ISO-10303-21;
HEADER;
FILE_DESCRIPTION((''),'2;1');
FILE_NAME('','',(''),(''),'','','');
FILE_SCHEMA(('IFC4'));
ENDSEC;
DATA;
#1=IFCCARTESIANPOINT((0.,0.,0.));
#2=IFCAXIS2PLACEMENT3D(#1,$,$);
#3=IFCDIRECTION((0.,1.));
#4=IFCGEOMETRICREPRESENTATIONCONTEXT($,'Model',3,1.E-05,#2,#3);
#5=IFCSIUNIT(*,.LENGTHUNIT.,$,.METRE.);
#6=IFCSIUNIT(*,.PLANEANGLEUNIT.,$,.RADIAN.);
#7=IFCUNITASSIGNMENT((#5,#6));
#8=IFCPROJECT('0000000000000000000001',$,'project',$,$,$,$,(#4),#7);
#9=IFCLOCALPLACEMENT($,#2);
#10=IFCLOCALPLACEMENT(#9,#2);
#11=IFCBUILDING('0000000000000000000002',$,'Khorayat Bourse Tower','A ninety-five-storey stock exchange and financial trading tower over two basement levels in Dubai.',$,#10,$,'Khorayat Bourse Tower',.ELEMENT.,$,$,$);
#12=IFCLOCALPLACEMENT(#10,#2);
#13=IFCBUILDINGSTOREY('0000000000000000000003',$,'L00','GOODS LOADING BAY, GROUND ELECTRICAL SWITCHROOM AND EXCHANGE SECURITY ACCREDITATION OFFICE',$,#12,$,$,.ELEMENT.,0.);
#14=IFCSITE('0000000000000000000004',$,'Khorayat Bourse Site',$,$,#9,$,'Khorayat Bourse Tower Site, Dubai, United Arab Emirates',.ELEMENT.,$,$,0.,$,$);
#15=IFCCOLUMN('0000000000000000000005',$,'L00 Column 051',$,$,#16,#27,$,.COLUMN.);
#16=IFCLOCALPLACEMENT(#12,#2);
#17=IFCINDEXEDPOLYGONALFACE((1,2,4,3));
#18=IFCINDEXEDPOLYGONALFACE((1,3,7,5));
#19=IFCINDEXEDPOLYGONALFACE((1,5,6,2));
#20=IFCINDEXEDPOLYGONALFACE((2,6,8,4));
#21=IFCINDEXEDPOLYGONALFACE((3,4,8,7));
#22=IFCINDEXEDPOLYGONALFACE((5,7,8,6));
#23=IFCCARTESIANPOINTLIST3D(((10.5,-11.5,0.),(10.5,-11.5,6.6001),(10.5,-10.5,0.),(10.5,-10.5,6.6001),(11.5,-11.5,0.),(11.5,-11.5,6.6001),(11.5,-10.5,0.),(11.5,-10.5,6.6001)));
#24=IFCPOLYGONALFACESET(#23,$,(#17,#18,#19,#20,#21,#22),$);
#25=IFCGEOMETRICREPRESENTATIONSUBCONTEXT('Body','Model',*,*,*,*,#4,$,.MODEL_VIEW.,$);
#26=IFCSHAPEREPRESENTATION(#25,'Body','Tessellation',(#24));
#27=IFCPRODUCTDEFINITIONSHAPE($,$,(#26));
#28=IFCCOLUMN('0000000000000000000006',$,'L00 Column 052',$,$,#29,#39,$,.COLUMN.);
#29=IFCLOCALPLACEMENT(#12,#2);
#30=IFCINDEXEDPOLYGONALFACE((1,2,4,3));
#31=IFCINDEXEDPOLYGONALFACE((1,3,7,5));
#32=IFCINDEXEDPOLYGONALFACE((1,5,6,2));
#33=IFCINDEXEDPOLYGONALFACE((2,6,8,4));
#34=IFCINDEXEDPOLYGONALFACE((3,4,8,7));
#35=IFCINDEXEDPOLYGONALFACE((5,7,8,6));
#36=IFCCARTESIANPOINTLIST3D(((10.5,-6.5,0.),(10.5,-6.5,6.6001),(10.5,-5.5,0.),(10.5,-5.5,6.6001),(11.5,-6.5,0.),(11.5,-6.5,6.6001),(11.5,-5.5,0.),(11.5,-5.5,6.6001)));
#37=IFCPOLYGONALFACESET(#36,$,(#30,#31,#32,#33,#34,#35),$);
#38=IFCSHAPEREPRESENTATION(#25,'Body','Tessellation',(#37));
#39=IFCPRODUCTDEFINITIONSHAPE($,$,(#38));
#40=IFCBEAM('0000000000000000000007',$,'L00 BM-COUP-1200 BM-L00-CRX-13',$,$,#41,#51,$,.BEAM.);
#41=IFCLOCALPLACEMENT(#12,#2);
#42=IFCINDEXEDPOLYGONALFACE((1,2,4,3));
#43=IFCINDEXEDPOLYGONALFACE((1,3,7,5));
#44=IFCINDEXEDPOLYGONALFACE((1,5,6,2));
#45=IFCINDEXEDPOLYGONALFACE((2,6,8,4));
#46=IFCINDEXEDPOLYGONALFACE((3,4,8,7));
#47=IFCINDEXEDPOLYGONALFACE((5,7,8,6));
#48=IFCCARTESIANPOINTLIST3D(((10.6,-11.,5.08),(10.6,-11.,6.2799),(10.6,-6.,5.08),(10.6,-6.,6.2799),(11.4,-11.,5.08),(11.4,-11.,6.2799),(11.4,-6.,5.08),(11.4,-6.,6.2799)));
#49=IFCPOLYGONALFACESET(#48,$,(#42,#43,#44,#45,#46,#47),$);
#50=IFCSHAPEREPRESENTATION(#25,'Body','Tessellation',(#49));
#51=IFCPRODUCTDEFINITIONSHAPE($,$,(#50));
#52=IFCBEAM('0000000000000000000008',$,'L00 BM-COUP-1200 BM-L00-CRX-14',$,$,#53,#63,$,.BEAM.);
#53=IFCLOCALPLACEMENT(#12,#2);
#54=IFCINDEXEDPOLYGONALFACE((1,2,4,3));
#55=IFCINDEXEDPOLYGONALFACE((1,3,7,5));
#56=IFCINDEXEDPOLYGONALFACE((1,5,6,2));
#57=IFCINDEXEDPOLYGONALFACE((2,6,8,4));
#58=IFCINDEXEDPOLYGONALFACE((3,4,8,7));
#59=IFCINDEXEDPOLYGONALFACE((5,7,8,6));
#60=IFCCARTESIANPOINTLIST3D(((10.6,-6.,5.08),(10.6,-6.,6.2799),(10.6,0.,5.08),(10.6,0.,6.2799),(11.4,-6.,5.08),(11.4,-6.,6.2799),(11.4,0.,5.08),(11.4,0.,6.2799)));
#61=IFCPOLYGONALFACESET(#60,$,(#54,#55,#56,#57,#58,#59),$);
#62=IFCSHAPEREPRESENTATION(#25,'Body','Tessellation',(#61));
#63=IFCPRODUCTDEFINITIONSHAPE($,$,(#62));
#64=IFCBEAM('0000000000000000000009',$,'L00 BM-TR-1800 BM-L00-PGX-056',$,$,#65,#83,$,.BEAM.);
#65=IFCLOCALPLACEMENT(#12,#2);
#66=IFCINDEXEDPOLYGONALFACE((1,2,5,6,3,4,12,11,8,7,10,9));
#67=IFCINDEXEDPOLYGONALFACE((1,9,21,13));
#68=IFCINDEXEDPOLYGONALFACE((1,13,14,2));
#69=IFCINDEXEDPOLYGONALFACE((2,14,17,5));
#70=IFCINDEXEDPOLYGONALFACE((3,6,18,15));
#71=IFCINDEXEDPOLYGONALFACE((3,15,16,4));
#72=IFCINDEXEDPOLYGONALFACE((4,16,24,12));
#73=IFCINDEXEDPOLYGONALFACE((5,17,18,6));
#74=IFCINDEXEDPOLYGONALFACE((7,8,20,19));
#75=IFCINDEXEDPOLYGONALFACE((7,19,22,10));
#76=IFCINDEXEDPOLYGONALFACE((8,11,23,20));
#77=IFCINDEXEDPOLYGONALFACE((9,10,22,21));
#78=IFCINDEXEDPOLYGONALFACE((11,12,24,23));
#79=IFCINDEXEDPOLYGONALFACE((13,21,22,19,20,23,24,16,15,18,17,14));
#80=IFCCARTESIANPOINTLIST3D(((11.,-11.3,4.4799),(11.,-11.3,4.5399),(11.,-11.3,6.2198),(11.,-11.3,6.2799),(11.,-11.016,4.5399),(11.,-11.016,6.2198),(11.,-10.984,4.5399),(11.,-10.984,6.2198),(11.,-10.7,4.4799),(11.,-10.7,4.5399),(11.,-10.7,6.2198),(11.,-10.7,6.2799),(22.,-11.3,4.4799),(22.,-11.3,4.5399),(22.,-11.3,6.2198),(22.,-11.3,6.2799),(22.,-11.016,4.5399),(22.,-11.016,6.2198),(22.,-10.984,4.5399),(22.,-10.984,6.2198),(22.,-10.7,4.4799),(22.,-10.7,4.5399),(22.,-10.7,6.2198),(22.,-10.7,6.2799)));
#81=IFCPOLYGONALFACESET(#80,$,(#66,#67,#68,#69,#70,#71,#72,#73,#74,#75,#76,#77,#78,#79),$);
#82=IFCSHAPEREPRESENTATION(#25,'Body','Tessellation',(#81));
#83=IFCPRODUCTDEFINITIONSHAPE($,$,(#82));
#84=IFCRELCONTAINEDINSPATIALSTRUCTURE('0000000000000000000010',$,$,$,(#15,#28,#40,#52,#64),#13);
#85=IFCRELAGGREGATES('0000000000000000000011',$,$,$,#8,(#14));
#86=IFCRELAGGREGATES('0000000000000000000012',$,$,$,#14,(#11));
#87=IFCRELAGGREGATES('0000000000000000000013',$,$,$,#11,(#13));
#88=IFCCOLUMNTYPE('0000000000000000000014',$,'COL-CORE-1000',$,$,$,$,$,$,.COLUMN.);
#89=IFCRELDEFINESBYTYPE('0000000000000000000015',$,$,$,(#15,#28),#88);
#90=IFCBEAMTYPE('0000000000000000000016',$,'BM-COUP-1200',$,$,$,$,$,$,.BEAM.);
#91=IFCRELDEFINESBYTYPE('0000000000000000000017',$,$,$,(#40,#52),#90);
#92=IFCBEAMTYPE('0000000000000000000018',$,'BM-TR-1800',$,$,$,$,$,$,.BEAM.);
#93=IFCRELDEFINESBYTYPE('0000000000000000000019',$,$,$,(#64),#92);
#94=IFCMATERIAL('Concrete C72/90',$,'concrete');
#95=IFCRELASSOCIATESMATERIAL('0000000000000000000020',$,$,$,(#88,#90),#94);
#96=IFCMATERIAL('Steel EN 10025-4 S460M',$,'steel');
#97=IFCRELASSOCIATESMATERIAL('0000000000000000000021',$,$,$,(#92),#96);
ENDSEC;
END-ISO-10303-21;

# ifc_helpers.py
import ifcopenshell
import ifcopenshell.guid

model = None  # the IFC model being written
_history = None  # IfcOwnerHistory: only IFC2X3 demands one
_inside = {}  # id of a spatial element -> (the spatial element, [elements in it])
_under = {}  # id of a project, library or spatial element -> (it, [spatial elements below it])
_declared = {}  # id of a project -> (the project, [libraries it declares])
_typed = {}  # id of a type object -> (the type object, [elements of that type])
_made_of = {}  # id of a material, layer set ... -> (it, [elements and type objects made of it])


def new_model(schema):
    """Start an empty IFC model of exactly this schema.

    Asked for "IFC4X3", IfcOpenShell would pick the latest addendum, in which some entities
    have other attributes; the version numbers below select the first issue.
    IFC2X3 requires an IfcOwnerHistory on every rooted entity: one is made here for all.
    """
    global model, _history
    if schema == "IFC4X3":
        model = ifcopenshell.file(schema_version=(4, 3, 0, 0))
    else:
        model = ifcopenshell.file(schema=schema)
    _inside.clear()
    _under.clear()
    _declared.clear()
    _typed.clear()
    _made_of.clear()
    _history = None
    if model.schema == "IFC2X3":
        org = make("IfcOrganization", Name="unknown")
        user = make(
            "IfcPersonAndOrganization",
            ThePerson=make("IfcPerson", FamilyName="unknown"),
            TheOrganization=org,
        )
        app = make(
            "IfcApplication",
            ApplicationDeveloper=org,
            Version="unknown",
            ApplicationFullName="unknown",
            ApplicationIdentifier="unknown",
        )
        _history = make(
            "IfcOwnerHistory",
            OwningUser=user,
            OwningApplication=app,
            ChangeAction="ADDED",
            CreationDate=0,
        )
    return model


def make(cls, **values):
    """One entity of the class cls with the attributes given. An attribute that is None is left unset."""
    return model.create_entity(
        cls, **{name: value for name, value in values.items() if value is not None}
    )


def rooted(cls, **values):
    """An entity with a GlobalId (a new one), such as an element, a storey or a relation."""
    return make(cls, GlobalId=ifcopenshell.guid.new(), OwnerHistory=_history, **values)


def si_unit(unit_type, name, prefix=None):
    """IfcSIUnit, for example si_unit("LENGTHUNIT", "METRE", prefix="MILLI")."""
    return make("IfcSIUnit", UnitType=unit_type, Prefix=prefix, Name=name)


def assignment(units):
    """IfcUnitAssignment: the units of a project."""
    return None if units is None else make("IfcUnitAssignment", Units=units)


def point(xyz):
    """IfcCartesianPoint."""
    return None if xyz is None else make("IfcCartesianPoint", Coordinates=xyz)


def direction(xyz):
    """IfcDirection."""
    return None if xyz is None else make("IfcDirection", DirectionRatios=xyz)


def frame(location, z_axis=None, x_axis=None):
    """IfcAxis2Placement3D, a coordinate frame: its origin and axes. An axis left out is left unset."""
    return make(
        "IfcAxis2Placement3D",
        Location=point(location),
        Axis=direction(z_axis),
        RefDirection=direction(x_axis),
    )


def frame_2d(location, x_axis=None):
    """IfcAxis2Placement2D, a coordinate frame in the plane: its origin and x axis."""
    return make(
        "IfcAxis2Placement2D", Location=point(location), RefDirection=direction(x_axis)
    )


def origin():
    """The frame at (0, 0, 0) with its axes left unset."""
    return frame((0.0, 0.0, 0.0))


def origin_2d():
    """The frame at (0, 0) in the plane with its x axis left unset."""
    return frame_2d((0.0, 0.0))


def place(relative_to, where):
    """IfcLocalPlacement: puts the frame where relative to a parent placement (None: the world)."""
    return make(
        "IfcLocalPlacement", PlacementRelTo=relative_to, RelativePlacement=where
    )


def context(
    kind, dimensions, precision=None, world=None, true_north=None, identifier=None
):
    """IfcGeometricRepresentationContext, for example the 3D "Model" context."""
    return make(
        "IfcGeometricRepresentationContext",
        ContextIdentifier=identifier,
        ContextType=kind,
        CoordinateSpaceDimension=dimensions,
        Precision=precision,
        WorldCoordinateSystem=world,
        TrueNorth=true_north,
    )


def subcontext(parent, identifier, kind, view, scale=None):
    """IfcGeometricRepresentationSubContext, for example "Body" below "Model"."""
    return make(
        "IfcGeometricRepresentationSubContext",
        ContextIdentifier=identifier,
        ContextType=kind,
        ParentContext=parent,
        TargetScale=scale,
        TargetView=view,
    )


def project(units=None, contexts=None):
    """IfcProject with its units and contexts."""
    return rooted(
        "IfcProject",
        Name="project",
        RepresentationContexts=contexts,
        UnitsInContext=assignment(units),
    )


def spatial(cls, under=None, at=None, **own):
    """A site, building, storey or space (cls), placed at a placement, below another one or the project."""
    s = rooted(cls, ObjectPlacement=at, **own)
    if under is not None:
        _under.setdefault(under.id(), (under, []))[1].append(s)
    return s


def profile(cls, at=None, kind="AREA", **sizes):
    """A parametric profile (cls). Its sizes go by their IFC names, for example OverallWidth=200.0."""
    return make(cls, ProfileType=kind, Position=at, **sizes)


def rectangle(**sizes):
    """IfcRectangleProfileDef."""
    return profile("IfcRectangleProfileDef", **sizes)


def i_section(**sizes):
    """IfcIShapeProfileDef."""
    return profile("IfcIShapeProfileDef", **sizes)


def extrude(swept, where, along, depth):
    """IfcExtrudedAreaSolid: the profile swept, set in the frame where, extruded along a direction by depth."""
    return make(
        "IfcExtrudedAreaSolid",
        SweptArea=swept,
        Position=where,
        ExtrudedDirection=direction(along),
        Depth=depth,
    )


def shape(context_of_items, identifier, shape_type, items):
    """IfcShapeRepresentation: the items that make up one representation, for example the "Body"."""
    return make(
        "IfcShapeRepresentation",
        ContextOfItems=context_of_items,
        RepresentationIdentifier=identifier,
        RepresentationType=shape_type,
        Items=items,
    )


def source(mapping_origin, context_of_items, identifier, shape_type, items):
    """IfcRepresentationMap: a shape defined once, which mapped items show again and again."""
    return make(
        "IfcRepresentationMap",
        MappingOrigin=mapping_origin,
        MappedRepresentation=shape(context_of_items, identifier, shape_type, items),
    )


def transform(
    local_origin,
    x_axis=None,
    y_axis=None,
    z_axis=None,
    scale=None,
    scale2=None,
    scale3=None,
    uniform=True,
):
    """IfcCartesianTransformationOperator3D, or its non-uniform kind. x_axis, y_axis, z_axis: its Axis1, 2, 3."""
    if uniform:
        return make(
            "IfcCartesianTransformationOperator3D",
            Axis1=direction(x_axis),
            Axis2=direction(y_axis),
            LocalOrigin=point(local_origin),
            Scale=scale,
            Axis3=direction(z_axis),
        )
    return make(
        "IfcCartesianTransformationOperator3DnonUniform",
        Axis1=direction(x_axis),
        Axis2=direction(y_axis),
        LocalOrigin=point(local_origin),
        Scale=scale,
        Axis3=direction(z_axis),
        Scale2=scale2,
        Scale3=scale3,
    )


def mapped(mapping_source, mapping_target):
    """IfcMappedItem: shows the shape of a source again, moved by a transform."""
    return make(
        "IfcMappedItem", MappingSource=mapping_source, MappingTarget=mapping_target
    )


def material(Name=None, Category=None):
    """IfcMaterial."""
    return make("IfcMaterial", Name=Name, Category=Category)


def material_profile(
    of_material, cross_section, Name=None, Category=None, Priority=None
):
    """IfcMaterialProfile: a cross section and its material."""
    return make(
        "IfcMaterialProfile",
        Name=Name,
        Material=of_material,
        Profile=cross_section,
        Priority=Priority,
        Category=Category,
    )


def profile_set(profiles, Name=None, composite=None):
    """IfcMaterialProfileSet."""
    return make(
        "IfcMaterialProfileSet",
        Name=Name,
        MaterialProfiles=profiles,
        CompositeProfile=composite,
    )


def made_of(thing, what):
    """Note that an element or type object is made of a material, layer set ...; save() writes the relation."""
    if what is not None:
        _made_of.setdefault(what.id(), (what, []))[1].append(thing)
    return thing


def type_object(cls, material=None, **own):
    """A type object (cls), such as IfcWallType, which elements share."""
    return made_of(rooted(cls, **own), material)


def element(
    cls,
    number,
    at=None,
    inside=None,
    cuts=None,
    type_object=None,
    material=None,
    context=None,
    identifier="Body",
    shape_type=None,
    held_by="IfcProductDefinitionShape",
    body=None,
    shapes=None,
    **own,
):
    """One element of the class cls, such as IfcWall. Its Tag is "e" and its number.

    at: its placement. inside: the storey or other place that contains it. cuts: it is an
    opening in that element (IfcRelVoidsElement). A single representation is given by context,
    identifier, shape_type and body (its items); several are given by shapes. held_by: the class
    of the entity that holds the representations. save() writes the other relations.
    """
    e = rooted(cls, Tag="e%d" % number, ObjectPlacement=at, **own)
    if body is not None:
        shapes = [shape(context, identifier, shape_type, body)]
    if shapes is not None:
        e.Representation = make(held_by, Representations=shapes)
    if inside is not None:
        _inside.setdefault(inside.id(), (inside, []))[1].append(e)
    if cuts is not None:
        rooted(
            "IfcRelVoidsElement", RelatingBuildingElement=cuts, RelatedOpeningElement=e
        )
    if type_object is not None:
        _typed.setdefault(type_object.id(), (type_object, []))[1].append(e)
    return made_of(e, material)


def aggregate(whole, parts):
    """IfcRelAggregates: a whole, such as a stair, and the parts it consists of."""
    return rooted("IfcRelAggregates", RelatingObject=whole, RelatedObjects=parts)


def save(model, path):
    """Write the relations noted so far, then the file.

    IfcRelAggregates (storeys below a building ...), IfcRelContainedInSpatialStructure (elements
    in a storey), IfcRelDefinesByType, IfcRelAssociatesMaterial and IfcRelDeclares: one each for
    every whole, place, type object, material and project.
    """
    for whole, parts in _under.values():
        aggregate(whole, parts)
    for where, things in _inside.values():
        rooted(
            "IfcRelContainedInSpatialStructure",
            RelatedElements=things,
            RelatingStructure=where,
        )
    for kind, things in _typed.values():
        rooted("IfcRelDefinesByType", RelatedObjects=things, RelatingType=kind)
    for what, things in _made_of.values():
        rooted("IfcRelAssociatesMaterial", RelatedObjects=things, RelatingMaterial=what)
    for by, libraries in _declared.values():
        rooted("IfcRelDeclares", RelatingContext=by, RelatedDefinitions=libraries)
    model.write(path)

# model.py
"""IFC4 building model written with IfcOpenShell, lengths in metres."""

from ifc_helpers import new_model, si_unit, direction, frame, origin, origin_2d, place, context, subcontext, project, spatial, rectangle, i_section, extrude, source, transform, mapped, material, material_profile, profile_set, type_object, element, save


model = new_model("IFC4")

# Units and contexts
model_context = context("Model", 3, precision=1e-05, world=origin(), true_north=direction((0.0, 1.0)))
body_context = subcontext(model_context, "Body", "Model", "MODEL_VIEW")
ifc_project = project(units=[si_unit("LENGTHUNIT", "METRE"), si_unit("PLANEANGLEUNIT", "RADIAN")], contexts=[model_context])

# Site, building, storey
site_placement = place(None, origin())
site = spatial("IfcSite", under=ifc_project, at=site_placement, Name="Khorayat Bourse Site", LongName="Khorayat Bourse Tower Site, Dubai, United Arab Emirates", CompositionType="ELEMENT", RefElevation=0.0)
building_placement = place(site_placement, origin())
building = spatial("IfcBuilding", under=site, at=building_placement, Name="Khorayat Bourse Tower", Description="A ninety-five-storey stock exchange and financial trading tower over two basement levels in Dubai.", LongName="Khorayat Bourse Tower", CompositionType="ELEMENT")
storey_placement = place(building_placement, origin())
storey = spatial("IfcBuildingStorey", under=building, at=storey_placement, Name="L00", Description="GOODS LOADING BAY, GROUND ELECTRICAL SWITCHROOM AND EXCHANGE SECURITY ACCREDITATION OFFICE", CompositionType="ELEMENT", Elevation=0.0)

# Columns
ifc_material_1 = material(Name="Concrete C72/90", Category="concrete")
ifc_material_profile_1 = material_profile(ifc_material_1, rectangle(XDim=1.0, YDim=1.0, at=origin_2d()), Name="RC 1000x1000")
ifc_profile_set_1 = profile_set([ifc_material_profile_1], Name="Concrete C72/90")
column_type = type_object("IfcColumnType", Name="COL-CORE-1000", PredefinedType="COLUMN", material=ifc_profile_set_1)
shared_shape_1 = source(origin(), body_context, "Body", "SweptSolid", [
    extrude(rectangle(XDim=1.0, YDim=1.0, at=origin_2d()), origin(), (0.0, 0.0, 1.0), 6.6001),
])
for number, where, z_axis, x_axis, name in (
    (1, (11.0, -11.0, 0.0), (0.0, 0.0, 1.0), (1.0, 0.0, 0.0), "L00 Column 051"),
    (2, (11.0, -6.0, 0.0), (0.0, 0.0, 1.0), (1.0, 0.0, 0.0), "L00 Column 052"),
):
    element("IfcColumn", number, at=place(storey_placement, frame(where, z_axis=z_axis, x_axis=x_axis)), inside=storey, type_object=column_type, Name=name, PredefinedType="COLUMN", context=body_context, shape_type="MappedRepresentation", body=[
        mapped(shared_shape_1, transform((0.0, 0.0, 0.0), scale=1.0)),
    ])

# Beams
ifc_material_profile_2 = material_profile(ifc_material_1, rectangle(XDim=0.8, YDim=1.2, at=origin_2d()), Name="RC 800x1200")
ifc_profile_set_2 = profile_set([ifc_material_profile_2], Name="Concrete C72/90")
beam_type_1 = type_object("IfcBeamType", Name="BM-COUP-1200", PredefinedType="BEAM", material=ifc_profile_set_2)
shared_shape_2 = source(origin(), body_context, "Body", "SweptSolid", [
    extrude(rectangle(XDim=0.8, YDim=1.2, at=origin_2d()), origin(), (0.0, 0.0, 1.0), 5.0),
])
beam_1_placement = place(storey_placement, frame((11.0, -11.0, 5.6799), z_axis=(0.0, 1.0, 0.0), x_axis=(-1.0, 0.0, 0.0)))
element("IfcBeam", 3, at=beam_1_placement, inside=storey, type_object=beam_type_1, Name="L00 BM-COUP-1200 BM-L00-CRX-13", PredefinedType="BEAM", context=body_context, shape_type="MappedRepresentation", body=[
    mapped(shared_shape_2, transform((0.0, 0.0, 0.0), scale=1.0)),
])
shared_shape_3 = source(origin(), body_context, "Body", "SweptSolid", [
    extrude(rectangle(XDim=0.8, YDim=1.2, at=origin_2d()), origin(), (0.0, 0.0, 1.0), 6.0),
])
beam_2_placement = place(storey_placement, frame((11.0, -6.0, 5.6799), z_axis=(0.0, 1.0, 0.0), x_axis=(-1.0, 0.0, 0.0)))
element("IfcBeam", 4, at=beam_2_placement, inside=storey, type_object=beam_type_1, Name="L00 BM-COUP-1200 BM-L00-CRX-14", PredefinedType="BEAM", context=body_context, shape_type="MappedRepresentation", body=[
    mapped(shared_shape_3, transform((0.0, 0.0, 0.0), scale=1.0)),
])
ifc_material_2 = material(Name="Steel EN 10025-4 S460M", Category="steel")
ifc_material_profile_3 = material_profile(ifc_material_2, i_section(OverallWidth=0.6001, OverallDepth=1.8, WebThickness=0.032, FlangeThickness=0.0601, at=origin_2d()), Name="PG 1800x600x32x60")
ifc_profile_set_3 = profile_set([ifc_material_profile_3], Name="Steel EN 10025-4 S460M")
beam_type_2 = type_object("IfcBeamType", Name="BM-TR-1800", PredefinedType="BEAM", material=ifc_profile_set_3)
shared_shape_4 = source(origin(), body_context, "Body", "SweptSolid", [
    extrude(i_section(OverallWidth=0.6001, OverallDepth=1.8, WebThickness=0.032, FlangeThickness=0.0601, at=origin_2d()), origin(), (0.0, 0.0, 1.0), 11.0),
])
beam_3_placement = place(storey_placement, frame((11.0, -11.0, 5.3799), z_axis=(1.0, 0.0, 0.0), x_axis=(0.0, 1.0, 0.0)))
element("IfcBeam", 5, at=beam_3_placement, inside=storey, type_object=beam_type_2, Name="L00 BM-TR-1800 BM-L00-PGX-056", PredefinedType="BEAM", context=body_context, shape_type="MappedRepresentation", body=[
    mapped(shared_shape_4, transform((0.0, 0.0, 0.0), scale=1.0)),
])

save(model, "model.ifc")
